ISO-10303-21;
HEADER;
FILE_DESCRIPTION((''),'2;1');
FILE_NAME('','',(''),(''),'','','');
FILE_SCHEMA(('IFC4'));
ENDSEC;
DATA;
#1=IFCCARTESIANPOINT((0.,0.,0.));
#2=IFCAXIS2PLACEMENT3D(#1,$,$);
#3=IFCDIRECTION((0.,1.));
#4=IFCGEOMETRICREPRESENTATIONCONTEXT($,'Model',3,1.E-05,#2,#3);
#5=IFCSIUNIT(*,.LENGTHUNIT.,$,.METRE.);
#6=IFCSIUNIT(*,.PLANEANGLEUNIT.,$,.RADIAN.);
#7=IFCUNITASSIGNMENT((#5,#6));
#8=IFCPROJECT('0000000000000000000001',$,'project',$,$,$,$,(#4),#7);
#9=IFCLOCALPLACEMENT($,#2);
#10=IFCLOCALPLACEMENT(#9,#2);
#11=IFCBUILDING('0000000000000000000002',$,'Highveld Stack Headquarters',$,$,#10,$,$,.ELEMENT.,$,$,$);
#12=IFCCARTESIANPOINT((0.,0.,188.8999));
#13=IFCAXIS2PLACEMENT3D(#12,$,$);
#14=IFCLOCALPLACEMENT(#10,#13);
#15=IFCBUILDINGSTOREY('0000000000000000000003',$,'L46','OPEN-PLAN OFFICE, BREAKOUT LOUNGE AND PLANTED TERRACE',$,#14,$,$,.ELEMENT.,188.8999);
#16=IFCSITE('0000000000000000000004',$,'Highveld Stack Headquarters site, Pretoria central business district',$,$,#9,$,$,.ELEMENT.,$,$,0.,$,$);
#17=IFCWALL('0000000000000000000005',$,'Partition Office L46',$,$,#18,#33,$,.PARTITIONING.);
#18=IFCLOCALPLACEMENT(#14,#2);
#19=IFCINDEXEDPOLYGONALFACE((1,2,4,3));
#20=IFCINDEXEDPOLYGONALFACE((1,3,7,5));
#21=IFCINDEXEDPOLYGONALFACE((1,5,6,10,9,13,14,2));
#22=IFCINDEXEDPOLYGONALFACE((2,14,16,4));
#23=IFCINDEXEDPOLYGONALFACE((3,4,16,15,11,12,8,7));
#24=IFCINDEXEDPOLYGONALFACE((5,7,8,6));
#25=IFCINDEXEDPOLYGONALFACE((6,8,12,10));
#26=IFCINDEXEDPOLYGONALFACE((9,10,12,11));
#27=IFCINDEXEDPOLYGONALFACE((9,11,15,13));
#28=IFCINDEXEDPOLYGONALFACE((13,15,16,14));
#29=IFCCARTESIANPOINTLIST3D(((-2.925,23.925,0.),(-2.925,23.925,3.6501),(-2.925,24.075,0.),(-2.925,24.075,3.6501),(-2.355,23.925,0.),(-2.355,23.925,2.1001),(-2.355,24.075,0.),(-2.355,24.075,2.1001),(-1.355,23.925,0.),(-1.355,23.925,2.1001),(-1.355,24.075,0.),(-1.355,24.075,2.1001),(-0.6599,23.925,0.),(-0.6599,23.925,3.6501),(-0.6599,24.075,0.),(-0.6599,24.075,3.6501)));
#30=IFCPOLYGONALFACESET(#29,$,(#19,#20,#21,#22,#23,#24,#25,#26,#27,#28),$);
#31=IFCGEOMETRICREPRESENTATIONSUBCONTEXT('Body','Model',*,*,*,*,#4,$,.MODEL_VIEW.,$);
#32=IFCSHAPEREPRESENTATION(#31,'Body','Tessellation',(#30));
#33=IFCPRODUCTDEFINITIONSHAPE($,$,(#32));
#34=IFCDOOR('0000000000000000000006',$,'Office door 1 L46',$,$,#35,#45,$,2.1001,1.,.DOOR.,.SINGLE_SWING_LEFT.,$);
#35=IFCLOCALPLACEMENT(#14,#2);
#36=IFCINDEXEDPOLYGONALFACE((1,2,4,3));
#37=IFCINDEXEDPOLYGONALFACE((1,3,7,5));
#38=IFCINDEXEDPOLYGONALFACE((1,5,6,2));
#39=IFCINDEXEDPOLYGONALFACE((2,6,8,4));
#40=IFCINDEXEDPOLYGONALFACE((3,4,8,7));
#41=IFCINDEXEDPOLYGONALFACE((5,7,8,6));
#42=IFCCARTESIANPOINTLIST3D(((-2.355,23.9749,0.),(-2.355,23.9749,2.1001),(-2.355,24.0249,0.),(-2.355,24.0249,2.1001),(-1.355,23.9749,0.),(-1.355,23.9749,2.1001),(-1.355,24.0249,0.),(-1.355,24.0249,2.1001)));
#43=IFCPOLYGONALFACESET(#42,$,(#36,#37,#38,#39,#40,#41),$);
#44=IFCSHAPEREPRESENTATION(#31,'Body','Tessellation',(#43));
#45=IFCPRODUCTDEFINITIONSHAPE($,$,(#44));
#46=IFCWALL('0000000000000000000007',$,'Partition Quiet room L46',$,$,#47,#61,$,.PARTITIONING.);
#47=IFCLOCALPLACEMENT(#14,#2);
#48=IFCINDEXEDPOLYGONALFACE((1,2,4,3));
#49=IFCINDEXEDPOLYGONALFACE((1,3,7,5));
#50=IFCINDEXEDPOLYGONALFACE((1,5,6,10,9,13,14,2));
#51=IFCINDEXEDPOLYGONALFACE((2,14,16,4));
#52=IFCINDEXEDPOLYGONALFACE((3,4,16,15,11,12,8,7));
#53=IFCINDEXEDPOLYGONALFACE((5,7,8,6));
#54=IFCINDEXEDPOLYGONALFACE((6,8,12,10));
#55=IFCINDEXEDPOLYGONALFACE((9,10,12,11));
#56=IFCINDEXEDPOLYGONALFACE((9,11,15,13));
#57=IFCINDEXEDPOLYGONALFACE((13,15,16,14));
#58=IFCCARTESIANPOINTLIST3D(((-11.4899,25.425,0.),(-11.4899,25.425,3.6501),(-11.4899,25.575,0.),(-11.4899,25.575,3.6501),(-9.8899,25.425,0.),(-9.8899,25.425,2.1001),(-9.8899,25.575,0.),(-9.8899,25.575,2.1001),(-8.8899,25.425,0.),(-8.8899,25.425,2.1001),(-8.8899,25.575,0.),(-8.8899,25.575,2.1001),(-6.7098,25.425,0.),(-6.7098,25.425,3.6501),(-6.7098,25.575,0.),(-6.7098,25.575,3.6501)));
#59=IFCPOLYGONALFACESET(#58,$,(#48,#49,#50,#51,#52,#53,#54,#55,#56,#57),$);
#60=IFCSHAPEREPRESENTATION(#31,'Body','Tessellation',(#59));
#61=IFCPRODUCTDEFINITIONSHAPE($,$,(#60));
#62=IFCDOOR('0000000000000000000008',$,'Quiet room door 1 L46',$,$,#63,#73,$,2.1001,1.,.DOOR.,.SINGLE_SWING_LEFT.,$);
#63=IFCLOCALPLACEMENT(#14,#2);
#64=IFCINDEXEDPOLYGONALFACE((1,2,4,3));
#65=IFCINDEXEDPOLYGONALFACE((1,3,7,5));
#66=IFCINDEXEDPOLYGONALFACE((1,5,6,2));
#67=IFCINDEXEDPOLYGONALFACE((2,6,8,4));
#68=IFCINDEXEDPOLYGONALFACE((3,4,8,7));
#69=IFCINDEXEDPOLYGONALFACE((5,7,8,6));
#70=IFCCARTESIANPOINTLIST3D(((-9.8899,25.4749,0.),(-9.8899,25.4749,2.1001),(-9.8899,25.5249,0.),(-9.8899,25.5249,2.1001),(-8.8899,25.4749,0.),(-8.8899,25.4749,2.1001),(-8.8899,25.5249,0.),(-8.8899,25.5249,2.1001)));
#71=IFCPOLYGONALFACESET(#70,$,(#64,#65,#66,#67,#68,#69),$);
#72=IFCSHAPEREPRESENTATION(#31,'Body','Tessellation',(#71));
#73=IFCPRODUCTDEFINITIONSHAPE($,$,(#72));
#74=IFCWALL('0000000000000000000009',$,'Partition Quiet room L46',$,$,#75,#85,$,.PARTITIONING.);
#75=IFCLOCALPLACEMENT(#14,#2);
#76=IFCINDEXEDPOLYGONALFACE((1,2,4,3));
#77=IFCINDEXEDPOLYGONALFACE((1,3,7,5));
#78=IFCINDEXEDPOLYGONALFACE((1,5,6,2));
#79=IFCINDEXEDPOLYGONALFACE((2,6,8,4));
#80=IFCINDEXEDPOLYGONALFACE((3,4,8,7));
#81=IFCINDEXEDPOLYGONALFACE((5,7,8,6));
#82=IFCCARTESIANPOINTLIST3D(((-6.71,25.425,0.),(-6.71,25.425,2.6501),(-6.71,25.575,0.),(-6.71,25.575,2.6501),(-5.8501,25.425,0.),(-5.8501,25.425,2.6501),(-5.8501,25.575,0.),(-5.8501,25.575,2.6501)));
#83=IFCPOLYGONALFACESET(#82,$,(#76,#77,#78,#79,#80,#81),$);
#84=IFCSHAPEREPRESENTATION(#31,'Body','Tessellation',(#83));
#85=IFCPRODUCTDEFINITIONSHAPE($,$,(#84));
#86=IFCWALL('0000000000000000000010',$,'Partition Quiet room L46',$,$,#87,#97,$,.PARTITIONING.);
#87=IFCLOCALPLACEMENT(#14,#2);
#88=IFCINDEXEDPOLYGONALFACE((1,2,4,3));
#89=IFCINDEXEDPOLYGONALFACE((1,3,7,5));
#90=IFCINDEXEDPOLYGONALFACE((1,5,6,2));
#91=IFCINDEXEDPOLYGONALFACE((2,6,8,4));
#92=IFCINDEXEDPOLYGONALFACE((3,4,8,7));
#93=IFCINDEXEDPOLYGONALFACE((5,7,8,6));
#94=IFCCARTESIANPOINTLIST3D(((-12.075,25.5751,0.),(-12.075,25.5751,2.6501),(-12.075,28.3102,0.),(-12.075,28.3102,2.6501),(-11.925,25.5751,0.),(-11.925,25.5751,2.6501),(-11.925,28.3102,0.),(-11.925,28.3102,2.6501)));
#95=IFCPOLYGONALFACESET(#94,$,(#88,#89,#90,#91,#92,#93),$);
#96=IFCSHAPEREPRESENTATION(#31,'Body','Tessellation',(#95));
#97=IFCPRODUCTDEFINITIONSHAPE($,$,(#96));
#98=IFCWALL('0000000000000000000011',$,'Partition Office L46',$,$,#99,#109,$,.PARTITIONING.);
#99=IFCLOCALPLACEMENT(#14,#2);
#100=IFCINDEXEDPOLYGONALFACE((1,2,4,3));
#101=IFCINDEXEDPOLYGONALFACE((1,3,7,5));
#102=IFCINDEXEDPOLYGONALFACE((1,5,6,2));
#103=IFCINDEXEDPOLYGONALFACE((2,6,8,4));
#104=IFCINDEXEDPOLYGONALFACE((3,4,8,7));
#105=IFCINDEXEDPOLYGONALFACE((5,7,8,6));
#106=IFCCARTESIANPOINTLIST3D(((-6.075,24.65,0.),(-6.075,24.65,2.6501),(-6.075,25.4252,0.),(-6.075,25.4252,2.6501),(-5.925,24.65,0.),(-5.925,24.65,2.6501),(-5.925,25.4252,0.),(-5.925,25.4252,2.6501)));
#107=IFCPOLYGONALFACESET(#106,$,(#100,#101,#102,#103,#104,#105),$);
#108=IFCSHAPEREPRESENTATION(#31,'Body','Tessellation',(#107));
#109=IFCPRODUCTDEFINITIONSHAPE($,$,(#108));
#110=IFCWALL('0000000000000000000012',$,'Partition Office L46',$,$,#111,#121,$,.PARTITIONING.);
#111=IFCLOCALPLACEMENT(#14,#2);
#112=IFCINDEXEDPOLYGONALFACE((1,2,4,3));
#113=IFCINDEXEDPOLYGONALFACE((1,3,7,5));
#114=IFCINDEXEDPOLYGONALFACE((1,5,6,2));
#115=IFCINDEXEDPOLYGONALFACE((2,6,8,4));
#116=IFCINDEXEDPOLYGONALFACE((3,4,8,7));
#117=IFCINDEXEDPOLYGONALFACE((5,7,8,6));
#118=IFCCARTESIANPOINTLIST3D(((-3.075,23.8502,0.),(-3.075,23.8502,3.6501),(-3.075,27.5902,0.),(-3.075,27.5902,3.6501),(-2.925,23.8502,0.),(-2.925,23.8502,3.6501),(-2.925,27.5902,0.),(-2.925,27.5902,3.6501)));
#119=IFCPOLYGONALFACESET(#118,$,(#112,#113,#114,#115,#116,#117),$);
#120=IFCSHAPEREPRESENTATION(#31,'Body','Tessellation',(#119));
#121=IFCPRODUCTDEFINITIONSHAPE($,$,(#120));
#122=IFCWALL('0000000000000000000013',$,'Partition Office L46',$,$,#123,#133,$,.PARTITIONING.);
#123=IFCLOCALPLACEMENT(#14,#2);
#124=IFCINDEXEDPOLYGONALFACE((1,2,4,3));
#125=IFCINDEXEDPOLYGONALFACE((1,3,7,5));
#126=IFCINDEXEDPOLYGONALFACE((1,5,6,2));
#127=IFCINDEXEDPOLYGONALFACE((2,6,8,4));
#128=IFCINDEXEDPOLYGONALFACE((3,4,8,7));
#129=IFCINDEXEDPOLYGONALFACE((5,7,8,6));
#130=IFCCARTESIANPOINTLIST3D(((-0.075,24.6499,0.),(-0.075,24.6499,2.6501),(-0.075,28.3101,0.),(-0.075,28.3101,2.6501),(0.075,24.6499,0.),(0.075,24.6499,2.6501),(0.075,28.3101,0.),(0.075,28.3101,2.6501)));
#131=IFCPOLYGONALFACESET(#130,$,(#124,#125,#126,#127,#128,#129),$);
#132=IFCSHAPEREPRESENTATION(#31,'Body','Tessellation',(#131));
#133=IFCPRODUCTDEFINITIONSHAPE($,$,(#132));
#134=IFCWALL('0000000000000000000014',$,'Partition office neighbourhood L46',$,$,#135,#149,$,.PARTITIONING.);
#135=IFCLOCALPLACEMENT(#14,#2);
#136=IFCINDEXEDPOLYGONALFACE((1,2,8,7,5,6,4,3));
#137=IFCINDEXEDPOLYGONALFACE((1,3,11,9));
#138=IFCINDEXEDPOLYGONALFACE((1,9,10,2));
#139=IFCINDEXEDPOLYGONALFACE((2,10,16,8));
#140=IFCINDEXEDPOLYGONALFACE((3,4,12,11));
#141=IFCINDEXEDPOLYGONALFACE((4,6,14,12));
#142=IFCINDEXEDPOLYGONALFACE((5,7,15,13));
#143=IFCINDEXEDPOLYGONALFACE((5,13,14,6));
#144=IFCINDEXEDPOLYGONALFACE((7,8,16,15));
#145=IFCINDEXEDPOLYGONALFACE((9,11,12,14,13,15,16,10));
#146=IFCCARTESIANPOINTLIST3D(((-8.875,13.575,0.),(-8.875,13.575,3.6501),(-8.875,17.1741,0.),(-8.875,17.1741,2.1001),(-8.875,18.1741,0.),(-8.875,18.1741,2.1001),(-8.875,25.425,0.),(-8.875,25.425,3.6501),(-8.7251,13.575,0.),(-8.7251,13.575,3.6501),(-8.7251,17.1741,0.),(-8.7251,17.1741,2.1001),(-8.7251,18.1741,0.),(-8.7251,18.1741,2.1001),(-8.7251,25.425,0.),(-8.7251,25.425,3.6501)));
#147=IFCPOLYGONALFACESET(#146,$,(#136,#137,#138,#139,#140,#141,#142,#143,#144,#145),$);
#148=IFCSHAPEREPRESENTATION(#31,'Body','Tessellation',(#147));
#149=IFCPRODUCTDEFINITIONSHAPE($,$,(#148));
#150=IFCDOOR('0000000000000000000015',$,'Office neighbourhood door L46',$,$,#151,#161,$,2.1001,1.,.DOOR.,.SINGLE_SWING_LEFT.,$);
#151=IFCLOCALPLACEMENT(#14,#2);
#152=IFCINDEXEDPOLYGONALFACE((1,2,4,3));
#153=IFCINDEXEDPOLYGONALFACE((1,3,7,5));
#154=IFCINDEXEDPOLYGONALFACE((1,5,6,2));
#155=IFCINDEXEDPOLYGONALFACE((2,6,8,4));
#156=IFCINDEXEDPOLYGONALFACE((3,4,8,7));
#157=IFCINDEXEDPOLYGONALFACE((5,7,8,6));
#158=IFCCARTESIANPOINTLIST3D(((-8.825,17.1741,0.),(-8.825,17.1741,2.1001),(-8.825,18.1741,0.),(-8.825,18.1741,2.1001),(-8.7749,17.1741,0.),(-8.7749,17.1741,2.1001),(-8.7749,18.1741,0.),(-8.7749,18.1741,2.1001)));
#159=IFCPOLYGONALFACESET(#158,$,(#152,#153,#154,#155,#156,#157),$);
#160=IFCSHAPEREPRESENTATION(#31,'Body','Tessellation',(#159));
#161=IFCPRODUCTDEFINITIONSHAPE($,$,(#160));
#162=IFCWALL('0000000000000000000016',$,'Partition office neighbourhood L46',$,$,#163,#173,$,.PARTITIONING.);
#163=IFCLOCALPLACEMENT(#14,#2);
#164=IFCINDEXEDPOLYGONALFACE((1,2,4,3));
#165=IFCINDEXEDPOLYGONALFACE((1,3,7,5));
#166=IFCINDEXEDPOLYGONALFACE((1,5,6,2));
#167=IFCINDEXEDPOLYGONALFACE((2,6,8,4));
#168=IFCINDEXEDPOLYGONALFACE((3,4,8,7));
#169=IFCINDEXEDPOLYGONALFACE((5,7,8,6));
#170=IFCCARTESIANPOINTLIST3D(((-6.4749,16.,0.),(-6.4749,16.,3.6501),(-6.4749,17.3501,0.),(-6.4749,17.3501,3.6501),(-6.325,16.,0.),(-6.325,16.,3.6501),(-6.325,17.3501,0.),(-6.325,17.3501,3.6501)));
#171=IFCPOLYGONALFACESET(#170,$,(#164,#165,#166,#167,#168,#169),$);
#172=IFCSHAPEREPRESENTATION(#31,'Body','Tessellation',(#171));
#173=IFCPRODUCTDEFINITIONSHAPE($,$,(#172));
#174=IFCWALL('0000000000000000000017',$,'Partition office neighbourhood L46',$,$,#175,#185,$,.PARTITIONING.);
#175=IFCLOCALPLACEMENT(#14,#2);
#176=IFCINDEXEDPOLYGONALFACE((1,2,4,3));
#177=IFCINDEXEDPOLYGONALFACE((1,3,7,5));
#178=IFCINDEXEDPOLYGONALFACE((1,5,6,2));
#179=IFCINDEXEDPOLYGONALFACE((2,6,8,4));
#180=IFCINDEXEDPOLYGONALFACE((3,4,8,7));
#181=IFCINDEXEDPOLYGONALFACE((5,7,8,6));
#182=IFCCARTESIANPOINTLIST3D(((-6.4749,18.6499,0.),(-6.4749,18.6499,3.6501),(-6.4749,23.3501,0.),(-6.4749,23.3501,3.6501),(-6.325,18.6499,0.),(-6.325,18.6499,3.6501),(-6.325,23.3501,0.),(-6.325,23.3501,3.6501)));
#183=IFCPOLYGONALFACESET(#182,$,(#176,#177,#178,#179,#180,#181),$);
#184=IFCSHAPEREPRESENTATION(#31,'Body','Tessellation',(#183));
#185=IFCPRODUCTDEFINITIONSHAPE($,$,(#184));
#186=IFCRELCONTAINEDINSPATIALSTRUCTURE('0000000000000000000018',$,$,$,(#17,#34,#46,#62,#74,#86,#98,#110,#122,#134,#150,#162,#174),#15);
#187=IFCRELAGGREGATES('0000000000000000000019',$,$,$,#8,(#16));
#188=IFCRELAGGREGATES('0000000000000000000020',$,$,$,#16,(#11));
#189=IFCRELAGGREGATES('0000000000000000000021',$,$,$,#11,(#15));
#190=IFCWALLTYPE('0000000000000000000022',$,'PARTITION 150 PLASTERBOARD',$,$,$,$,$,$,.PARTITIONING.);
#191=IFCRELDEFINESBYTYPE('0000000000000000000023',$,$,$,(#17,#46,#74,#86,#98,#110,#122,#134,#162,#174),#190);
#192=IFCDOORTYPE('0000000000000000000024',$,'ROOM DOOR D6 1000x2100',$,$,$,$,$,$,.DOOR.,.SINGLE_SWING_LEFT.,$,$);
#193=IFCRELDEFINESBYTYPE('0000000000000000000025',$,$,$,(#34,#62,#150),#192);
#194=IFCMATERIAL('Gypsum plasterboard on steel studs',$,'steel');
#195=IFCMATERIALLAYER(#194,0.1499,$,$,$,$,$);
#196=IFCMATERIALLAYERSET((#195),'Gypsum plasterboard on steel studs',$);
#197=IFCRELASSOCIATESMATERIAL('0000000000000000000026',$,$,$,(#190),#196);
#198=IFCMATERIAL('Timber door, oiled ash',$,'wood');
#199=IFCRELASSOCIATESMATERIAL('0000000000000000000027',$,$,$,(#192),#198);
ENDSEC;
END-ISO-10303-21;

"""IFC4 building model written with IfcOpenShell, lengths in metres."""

from ifc_helpers import new_model, si_unit, direction, frame, frame_2d, origin, place, context, subcontext, project, spatial, rectangle, extrude, material, layer, layer_set, type_object, element, fill, save


model = new_model("IFC4")

# Units and contexts
model_context = context("Model", 3, precision=1e-05, world=origin(), true_north=direction((0.0, 1.0)))
body_context = subcontext(model_context, "Body", "Model", "MODEL_VIEW")
ifc_project = project(units=[si_unit("LENGTHUNIT", "METRE"), si_unit("PLANEANGLEUNIT", "RADIAN")], contexts=[model_context])

# Site, building, storey
site_placement = place(None, origin())
site = spatial("IfcSite", under=ifc_project, at=site_placement, Name="Highveld Stack Headquarters site, Pretoria central business district", CompositionType="ELEMENT", RefElevation=0.0)
building_placement = place(site_placement, origin())
building = spatial("IfcBuilding", under=site, at=building_placement, Name="Highveld Stack Headquarters", CompositionType="ELEMENT")
storey_placement = place(building_placement, frame((0.0, 0.0, 188.8999)))
storey = spatial("IfcBuildingStorey", under=building, at=storey_placement, Name="L46", Description="OPEN-PLAN OFFICE, BREAKOUT LOUNGE AND PLANTED TERRACE", CompositionType="ELEMENT", Elevation=188.8999)

# Walls, openings, doors
ifc_material_1 = material(Name="Gypsum plasterboard on steel studs", Category="steel")
ifc_layer_1 = layer(ifc_material_1, 0.1499)
ifc_layer_set_1 = layer_set([ifc_layer_1], Name="Gypsum plasterboard on steel studs")
wall_type_1 = type_object("IfcWallType", Name="PARTITION 150 PLASTERBOARD", PredefinedType="PARTITIONING", material=ifc_layer_set_1)
ifc_material_2 = material(Name="Timber door, oiled ash", Category="wood")
door_type = type_object("IfcDoorType", Name="ROOM DOOR D6 1000x2100", OperationType="SINGLE_SWING_LEFT", PredefinedType="DOOR", material=ifc_material_2)
wall_1_placement = place(storey_placement, frame((-2.925, 24.0, 0.0), z_axis=(0.0, 0.0, 1.0), x_axis=(1.0, 0.0, 0.0)))
wall_1 = element("IfcWall", 1, at=wall_1_placement, inside=storey, type_object=wall_type_1, Name="Partition Office L46", PredefinedType="PARTITIONING", context=body_context, shape_type="SweptSolid", body=[
    extrude(rectangle(XDim=2.2651, YDim=0.1499, at=frame_2d((1.1326, 0.0))), origin(), (0.0, 0.0, 1.0), 3.6501),
])
opening_1_placement = place(wall_1_placement, frame((0.5701, 0.0, 0.0)))
opening_1 = element("IfcOpeningElement", 2, at=opening_1_placement, cuts=wall_1, PredefinedType="OPENING", context=body_context, shape_type="SweptSolid", body=[
    extrude(rectangle(XDim=1.0, YDim=2.1001, at=frame_2d((0.5, 1.05))), frame((0.0, 0.085, 0.0), z_axis=(0.0, -1.0, 0.0), x_axis=(1.0, 0.0, 0.0)), (0.0, 0.0, 1.0), 0.1699),
])
door_1_placement = place(opening_1_placement, origin())
door_1 = element("IfcDoor", 3, at=door_1_placement, inside=storey, type_object=door_type, Name="Office door 1 L46", OperationType="SINGLE_SWING_LEFT", OverallHeight=2.1001, OverallWidth=1.0, PredefinedType="DOOR", context=body_context, shape_type="SweptSolid", body=[
    extrude(rectangle(XDim=1.0, YDim=2.1001, at=frame_2d((0.5, 1.05))), frame((0.0, 0.0249, 0.0), z_axis=(0.0, -1.0, 0.0), x_axis=(1.0, 0.0, 0.0)), (0.0, 0.0, 1.0), 0.05),
])
fill(opening_1, door_1)
wall_2_placement = place(storey_placement, frame((-11.49, 25.5, 0.0), z_axis=(0.0, 0.0, 1.0), x_axis=(1.0, 0.0, 0.0)))
wall_2 = element("IfcWall", 4, at=wall_2_placement, inside=storey, type_object=wall_type_1, Name="Partition Quiet room L46", PredefinedType="PARTITIONING", context=body_context, shape_type="SweptSolid", body=[
    extrude(rectangle(XDim=4.78, YDim=0.1499, at=frame_2d((2.3901, 0.0))), origin(), (0.0, 0.0, 1.0), 3.6501),
])
opening_2_placement = place(wall_2_placement, frame((1.6001, 0.0, 0.0)))
opening_2 = element("IfcOpeningElement", 5, at=opening_2_placement, cuts=wall_2, PredefinedType="OPENING", context=body_context, shape_type="SweptSolid", body=[
    extrude(rectangle(XDim=1.0, YDim=2.1001, at=frame_2d((0.5, 1.05))), frame((0.0, 0.085, 0.0), z_axis=(0.0, -1.0, 0.0), x_axis=(1.0, 0.0, 0.0)), (0.0, 0.0, 1.0), 0.1699),
])
door_2_placement = place(opening_2_placement, origin())
door_2 = element("IfcDoor", 6, at=door_2_placement, inside=storey, type_object=door_type, Name="Quiet room door 1 L46", OperationType="SINGLE_SWING_LEFT", OverallHeight=2.1001, OverallWidth=1.0, PredefinedType="DOOR", context=body_context, shape_type="SweptSolid", body=[
    extrude(rectangle(XDim=1.0, YDim=2.1001, at=frame_2d((0.5, 1.05))), frame((0.0, 0.0249, 0.0), z_axis=(0.0, -1.0, 0.0), x_axis=(1.0, 0.0, 0.0)), (0.0, 0.0, 1.0), 0.05),
])
fill(opening_2, door_2)

# Walls
wall_3_placement = place(storey_placement, frame((-6.71, 25.5, 0.0), z_axis=(0.0, 0.0, 1.0), x_axis=(1.0, 0.0, 0.0)))
element("IfcWall", 7, at=wall_3_placement, inside=storey, type_object=wall_type_1, Name="Partition Quiet room L46", PredefinedType="PARTITIONING", context=body_context, shape_type="SweptSolid", body=[
    extrude(rectangle(XDim=0.8599, YDim=0.1499, at=frame_2d((0.4299, 0.0))), origin(), (0.0, 0.0, 1.0), 2.6501),
])
wall_4_placement = place(storey_placement, frame((-12.0, 25.575, 0.0), z_axis=(0.0, 0.0, 1.0), x_axis=(0.0, 1.0, 0.0)))
element("IfcWall", 8, at=wall_4_placement, inside=storey, type_object=wall_type_1, Name="Partition Quiet room L46", PredefinedType="PARTITIONING", context=body_context, shape_type="SweptSolid", body=[
    extrude(rectangle(XDim=2.7351, YDim=0.1499, at=frame_2d((1.3677, 0.0))), origin(), (0.0, 0.0, 1.0), 2.6501),
])
wall_5_placement = place(storey_placement, frame((-6.0, 24.6499, 0.0), z_axis=(0.0, 0.0, 1.0), x_axis=(0.0, 1.0, 0.0)))
element("IfcWall", 9, at=wall_5_placement, inside=storey, type_object=wall_type_1, Name="Partition Office L46", PredefinedType="PARTITIONING", context=body_context, shape_type="SweptSolid", body=[
    extrude(rectangle(XDim=0.7751, YDim=0.1499, at=frame_2d((0.3877, 0.0))), origin(), (0.0, 0.0, 1.0), 2.6501),
])
wall_6_placement = place(storey_placement, frame((-3.0, 23.8501, 0.0), z_axis=(0.0, 0.0, 1.0), x_axis=(0.0, 1.0, 0.0)))
element("IfcWall", 10, at=wall_6_placement, inside=storey, type_object=wall_type_1, Name="Partition Office L46", PredefinedType="PARTITIONING", context=body_context, shape_type="SweptSolid", body=[
    extrude(rectangle(XDim=3.74, YDim=0.1499, at=frame_2d((1.8701, 0.0))), origin(), (0.0, 0.0, 1.0), 3.6501),
])
wall_7_placement = place(storey_placement, frame((0.0, 24.6499, 0.0), z_axis=(0.0, 0.0, 1.0), x_axis=(0.0, 1.0, 0.0)))
element("IfcWall", 11, at=wall_7_placement, inside=storey, type_object=wall_type_1, Name="Partition Office L46", PredefinedType="PARTITIONING", context=body_context, shape_type="SweptSolid", body=[
    extrude(rectangle(XDim=3.6602, YDim=0.1499, at=frame_2d((1.8301, 0.0))), origin(), (0.0, 0.0, 1.0), 2.6501),
])

# Wall, opening, door
wall_8_placement = place(storey_placement, frame((-8.8, 13.575, 0.0), z_axis=(0.0, 0.0, 1.0), x_axis=(0.0, 1.0, 0.0)))
wall_8 = element("IfcWall", 12, at=wall_8_placement, inside=storey, type_object=wall_type_1, Name="Partition office neighbourhood L46", PredefinedType="PARTITIONING", context=body_context, shape_type="SweptSolid", body=[
    extrude(rectangle(XDim=11.8501, YDim=0.1499, at=frame_2d((5.925, 0.0))), origin(), (0.0, 0.0, 1.0), 3.6501),
])
opening_3_placement = place(wall_8_placement, frame((3.5991, 0.0, 0.0)))
opening_3 = element("IfcOpeningElement", 13, at=opening_3_placement, cuts=wall_8, PredefinedType="OPENING", context=body_context, shape_type="SweptSolid", body=[
    extrude(rectangle(XDim=1.0, YDim=2.1001, at=frame_2d((0.5, 1.05))), frame((0.0, 0.085, 0.0), z_axis=(0.0, -1.0, 0.0), x_axis=(1.0, 0.0, 0.0)), (0.0, 0.0, 1.0), 0.1699),
])
door_3_placement = place(opening_3_placement, origin())
door_3 = element("IfcDoor", 14, at=door_3_placement, inside=storey, type_object=door_type, Name="Office neighbourhood door L46", OperationType="SINGLE_SWING_LEFT", OverallHeight=2.1001, OverallWidth=1.0, PredefinedType="DOOR", context=body_context, shape_type="SweptSolid", body=[
    extrude(rectangle(XDim=1.0, YDim=2.1001, at=frame_2d((0.5, 1.05))), frame((0.0, 0.0249, 0.0), z_axis=(0.0, -1.0, 0.0), x_axis=(1.0, 0.0, 0.0)), (0.0, 0.0, 1.0), 0.05),
])
fill(opening_3, door_3)

# Walls
wall_9_placement = place(storey_placement, frame((-6.3999, 16.0, 0.0), z_axis=(0.0, 0.0, 1.0), x_axis=(0.0, 1.0, 0.0)))
element("IfcWall", 15, at=wall_9_placement, inside=storey, type_object=wall_type_1, Name="Partition office neighbourhood L46", PredefinedType="PARTITIONING", context=body_context, shape_type="SweptSolid", body=[
    extrude(rectangle(XDim=1.3501, YDim=0.1499, at=frame_2d((0.675, 0.0))), origin(), (0.0, 0.0, 1.0), 3.6501),
])
wall_10_placement = place(storey_placement, frame((-6.3999, 18.6499, 0.0), z_axis=(0.0, 0.0, 1.0), x_axis=(0.0, 1.0, 0.0)))
element("IfcWall", 16, at=wall_10_placement, inside=storey, type_object=wall_type_1, Name="Partition office neighbourhood L46", PredefinedType="PARTITIONING", context=body_context, shape_type="SweptSolid", body=[
    extrude(rectangle(XDim=4.7002, YDim=0.1499, at=frame_2d((2.3501, 0.0))), origin(), (0.0, 0.0, 1.0), 3.6501),
])

save(model, "model.ifc")
